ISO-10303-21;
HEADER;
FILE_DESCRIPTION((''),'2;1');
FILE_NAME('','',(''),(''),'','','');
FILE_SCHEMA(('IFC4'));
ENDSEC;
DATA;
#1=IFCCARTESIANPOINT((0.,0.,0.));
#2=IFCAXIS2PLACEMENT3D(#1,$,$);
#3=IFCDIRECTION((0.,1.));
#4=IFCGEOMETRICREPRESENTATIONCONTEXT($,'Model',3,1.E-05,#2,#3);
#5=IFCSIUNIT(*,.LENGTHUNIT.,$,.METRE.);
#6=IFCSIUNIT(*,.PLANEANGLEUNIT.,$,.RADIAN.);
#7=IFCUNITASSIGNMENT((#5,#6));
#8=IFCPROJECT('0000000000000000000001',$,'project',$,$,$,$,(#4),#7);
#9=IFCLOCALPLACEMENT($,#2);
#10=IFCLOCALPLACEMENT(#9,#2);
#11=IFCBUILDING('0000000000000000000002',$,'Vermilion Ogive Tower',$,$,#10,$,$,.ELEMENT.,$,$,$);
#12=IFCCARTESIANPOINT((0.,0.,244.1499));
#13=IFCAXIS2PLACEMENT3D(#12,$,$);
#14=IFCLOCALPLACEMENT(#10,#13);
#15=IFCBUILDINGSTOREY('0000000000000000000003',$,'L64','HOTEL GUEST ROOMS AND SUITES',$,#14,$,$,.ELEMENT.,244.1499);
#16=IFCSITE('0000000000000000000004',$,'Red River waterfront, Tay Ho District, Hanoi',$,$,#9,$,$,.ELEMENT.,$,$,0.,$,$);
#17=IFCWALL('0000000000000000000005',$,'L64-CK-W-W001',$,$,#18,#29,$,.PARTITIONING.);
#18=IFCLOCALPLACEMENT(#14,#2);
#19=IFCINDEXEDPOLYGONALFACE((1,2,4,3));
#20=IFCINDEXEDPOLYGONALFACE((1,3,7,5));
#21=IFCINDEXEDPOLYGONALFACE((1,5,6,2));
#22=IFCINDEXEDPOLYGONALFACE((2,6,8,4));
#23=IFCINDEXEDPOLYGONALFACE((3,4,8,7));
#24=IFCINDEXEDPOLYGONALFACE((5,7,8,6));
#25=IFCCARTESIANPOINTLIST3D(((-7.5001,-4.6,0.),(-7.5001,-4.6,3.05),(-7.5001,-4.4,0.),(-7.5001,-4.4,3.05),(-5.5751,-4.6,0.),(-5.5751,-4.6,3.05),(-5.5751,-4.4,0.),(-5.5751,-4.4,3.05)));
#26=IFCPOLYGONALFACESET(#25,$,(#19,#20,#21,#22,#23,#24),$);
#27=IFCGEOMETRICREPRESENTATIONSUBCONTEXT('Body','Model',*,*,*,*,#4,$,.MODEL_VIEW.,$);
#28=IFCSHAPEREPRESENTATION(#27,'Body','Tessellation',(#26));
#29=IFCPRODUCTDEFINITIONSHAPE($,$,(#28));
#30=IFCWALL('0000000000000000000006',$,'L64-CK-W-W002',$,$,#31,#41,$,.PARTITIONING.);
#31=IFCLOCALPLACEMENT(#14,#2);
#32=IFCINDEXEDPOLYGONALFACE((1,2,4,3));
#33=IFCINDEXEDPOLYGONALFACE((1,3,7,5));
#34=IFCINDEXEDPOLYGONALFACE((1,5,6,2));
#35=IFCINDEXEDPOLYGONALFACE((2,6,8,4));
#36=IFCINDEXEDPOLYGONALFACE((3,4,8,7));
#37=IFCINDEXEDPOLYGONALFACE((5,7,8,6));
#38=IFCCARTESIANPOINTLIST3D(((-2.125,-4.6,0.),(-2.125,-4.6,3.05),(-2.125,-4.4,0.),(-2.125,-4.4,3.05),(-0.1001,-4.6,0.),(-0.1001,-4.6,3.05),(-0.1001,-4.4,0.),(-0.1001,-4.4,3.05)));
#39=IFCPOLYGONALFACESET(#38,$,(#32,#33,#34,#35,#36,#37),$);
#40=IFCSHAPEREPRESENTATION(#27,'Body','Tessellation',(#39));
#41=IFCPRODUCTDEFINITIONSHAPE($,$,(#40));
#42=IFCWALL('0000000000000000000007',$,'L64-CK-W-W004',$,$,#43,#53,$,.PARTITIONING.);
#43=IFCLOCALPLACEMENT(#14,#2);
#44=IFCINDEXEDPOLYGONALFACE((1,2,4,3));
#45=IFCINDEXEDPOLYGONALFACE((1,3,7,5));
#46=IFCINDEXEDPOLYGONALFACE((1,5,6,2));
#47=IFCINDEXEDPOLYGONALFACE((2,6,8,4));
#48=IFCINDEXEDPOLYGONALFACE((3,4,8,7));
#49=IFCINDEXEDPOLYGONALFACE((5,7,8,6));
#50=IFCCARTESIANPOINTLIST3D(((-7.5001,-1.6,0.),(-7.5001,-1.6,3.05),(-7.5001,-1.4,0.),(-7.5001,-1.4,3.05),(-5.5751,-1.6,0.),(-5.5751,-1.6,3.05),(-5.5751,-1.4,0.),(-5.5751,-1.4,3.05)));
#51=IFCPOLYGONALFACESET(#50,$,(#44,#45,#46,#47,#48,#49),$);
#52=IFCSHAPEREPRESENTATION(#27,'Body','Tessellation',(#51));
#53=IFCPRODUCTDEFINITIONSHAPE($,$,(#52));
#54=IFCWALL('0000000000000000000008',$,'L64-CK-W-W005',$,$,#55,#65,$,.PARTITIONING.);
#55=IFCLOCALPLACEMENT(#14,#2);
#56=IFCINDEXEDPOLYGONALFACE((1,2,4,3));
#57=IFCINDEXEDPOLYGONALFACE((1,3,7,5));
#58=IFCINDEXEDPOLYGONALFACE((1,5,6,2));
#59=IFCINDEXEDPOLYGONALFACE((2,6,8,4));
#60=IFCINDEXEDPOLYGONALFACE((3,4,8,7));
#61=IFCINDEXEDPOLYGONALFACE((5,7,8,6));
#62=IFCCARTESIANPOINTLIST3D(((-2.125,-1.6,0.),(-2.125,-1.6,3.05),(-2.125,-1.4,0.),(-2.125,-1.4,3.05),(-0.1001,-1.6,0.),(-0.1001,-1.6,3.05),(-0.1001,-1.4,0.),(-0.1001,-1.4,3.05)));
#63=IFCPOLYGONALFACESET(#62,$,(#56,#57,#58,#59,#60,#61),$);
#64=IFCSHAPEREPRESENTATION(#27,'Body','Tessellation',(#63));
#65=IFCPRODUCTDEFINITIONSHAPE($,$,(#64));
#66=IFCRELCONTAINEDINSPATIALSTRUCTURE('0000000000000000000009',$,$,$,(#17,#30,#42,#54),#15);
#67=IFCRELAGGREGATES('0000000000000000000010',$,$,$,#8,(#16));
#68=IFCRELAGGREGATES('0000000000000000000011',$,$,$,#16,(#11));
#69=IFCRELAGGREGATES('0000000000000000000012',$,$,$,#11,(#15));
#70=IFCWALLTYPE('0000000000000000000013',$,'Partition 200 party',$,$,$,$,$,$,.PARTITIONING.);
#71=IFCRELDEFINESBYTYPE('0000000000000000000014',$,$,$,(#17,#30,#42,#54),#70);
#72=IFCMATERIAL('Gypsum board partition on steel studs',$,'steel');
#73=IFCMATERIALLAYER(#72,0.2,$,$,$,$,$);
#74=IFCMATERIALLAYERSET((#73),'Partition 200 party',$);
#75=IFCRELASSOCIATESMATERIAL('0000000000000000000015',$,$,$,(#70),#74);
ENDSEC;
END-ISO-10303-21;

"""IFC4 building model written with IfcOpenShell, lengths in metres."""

from ifc_helpers import new_model, si_unit, direction, frame, frame_2d, origin, place, context, subcontext, project, spatial, rectangle, extrude, material, layer, layer_set, type_object, element, save


model = new_model("IFC4")

# Units and contexts
model_context = context("Model", 3, precision=1e-05, world=origin(), true_north=direction((0.0, 1.0)))
body_context = subcontext(model_context, "Body", "Model", "MODEL_VIEW")
ifc_project = project(units=[si_unit("LENGTHUNIT", "METRE"), si_unit("PLANEANGLEUNIT", "RADIAN")], contexts=[model_context])

# Site, building, storey
site_placement = place(None, origin())
site = spatial("IfcSite", under=ifc_project, at=site_placement, Name="Red River waterfront, Tay Ho District, Hanoi", CompositionType="ELEMENT", RefElevation=0.0)
building_placement = place(site_placement, origin())
building = spatial("IfcBuilding", under=site, at=building_placement, Name="Vermilion Ogive Tower", CompositionType="ELEMENT")
storey_placement = place(building_placement, frame((0.0, 0.0, 244.1499)))
storey = spatial("IfcBuildingStorey", under=building, at=storey_placement, Name="L64", Description="HOTEL GUEST ROOMS AND SUITES", CompositionType="ELEMENT", Elevation=244.1499)

# Walls
ifc_material_1 = material(Name="Gypsum board partition on steel studs", Category="steel")
ifc_layer_1 = layer(ifc_material_1, 0.2)
ifc_layer_set_1 = layer_set([ifc_layer_1], Name="Partition 200 party")
wall_type_1 = type_object("IfcWallType", Name="Partition 200 party", PredefinedType="PARTITIONING", material=ifc_layer_set_1)
wall_1_placement = place(storey_placement, frame((-7.5, -4.5, 0.0), z_axis=(0.0, 0.0, 1.0), x_axis=(1.0, 0.0, 0.0)))
element("IfcWall", 1, at=wall_1_placement, inside=storey, type_object=wall_type_1, Name="L64-CK-W-W001", PredefinedType="PARTITIONING", context=body_context, shape_type="SweptSolid", body=[
    extrude(rectangle(XDim=1.925, YDim=0.2, at=frame_2d((0.9624, 0.0))), origin(), (0.0, 0.0, 1.0), 3.05),
])
wall_2_placement = place(storey_placement, frame((-2.125, -4.5, 0.0), z_axis=(0.0, 0.0, 1.0), x_axis=(1.0, 0.0, 0.0)))
element("IfcWall", 2, at=wall_2_placement, inside=storey, type_object=wall_type_1, Name="L64-CK-W-W002", PredefinedType="PARTITIONING", context=body_context, shape_type="SweptSolid", body=[
    extrude(rectangle(XDim=2.0249, YDim=0.2, at=frame_2d((1.0125, 0.0))), origin(), (0.0, 0.0, 1.0), 3.05),
])
wall_3_placement = place(storey_placement, frame((-7.5, -1.5, 0.0), z_axis=(0.0, 0.0, 1.0), x_axis=(1.0, 0.0, 0.0)))
element("IfcWall", 3, at=wall_3_placement, inside=storey, type_object=wall_type_1, Name="L64-CK-W-W004", PredefinedType="PARTITIONING", context=body_context, shape_type="SweptSolid", body=[
    extrude(rectangle(XDim=1.925, YDim=0.2, at=frame_2d((0.9624, 0.0))), origin(), (0.0, 0.0, 1.0), 3.05),
])
wall_4_placement = place(storey_placement, frame((-2.125, -1.5, 0.0), z_axis=(0.0, 0.0, 1.0), x_axis=(1.0, 0.0, 0.0)))
element("IfcWall", 4, at=wall_4_placement, inside=storey, type_object=wall_type_1, Name="L64-CK-W-W005", PredefinedType="PARTITIONING", context=body_context, shape_type="SweptSolid", body=[
    extrude(rectangle(XDim=2.0249, YDim=0.2, at=frame_2d((1.0125, 0.0))), origin(), (0.0, 0.0, 1.0), 3.05),
])

save(model, "model.ifc")
